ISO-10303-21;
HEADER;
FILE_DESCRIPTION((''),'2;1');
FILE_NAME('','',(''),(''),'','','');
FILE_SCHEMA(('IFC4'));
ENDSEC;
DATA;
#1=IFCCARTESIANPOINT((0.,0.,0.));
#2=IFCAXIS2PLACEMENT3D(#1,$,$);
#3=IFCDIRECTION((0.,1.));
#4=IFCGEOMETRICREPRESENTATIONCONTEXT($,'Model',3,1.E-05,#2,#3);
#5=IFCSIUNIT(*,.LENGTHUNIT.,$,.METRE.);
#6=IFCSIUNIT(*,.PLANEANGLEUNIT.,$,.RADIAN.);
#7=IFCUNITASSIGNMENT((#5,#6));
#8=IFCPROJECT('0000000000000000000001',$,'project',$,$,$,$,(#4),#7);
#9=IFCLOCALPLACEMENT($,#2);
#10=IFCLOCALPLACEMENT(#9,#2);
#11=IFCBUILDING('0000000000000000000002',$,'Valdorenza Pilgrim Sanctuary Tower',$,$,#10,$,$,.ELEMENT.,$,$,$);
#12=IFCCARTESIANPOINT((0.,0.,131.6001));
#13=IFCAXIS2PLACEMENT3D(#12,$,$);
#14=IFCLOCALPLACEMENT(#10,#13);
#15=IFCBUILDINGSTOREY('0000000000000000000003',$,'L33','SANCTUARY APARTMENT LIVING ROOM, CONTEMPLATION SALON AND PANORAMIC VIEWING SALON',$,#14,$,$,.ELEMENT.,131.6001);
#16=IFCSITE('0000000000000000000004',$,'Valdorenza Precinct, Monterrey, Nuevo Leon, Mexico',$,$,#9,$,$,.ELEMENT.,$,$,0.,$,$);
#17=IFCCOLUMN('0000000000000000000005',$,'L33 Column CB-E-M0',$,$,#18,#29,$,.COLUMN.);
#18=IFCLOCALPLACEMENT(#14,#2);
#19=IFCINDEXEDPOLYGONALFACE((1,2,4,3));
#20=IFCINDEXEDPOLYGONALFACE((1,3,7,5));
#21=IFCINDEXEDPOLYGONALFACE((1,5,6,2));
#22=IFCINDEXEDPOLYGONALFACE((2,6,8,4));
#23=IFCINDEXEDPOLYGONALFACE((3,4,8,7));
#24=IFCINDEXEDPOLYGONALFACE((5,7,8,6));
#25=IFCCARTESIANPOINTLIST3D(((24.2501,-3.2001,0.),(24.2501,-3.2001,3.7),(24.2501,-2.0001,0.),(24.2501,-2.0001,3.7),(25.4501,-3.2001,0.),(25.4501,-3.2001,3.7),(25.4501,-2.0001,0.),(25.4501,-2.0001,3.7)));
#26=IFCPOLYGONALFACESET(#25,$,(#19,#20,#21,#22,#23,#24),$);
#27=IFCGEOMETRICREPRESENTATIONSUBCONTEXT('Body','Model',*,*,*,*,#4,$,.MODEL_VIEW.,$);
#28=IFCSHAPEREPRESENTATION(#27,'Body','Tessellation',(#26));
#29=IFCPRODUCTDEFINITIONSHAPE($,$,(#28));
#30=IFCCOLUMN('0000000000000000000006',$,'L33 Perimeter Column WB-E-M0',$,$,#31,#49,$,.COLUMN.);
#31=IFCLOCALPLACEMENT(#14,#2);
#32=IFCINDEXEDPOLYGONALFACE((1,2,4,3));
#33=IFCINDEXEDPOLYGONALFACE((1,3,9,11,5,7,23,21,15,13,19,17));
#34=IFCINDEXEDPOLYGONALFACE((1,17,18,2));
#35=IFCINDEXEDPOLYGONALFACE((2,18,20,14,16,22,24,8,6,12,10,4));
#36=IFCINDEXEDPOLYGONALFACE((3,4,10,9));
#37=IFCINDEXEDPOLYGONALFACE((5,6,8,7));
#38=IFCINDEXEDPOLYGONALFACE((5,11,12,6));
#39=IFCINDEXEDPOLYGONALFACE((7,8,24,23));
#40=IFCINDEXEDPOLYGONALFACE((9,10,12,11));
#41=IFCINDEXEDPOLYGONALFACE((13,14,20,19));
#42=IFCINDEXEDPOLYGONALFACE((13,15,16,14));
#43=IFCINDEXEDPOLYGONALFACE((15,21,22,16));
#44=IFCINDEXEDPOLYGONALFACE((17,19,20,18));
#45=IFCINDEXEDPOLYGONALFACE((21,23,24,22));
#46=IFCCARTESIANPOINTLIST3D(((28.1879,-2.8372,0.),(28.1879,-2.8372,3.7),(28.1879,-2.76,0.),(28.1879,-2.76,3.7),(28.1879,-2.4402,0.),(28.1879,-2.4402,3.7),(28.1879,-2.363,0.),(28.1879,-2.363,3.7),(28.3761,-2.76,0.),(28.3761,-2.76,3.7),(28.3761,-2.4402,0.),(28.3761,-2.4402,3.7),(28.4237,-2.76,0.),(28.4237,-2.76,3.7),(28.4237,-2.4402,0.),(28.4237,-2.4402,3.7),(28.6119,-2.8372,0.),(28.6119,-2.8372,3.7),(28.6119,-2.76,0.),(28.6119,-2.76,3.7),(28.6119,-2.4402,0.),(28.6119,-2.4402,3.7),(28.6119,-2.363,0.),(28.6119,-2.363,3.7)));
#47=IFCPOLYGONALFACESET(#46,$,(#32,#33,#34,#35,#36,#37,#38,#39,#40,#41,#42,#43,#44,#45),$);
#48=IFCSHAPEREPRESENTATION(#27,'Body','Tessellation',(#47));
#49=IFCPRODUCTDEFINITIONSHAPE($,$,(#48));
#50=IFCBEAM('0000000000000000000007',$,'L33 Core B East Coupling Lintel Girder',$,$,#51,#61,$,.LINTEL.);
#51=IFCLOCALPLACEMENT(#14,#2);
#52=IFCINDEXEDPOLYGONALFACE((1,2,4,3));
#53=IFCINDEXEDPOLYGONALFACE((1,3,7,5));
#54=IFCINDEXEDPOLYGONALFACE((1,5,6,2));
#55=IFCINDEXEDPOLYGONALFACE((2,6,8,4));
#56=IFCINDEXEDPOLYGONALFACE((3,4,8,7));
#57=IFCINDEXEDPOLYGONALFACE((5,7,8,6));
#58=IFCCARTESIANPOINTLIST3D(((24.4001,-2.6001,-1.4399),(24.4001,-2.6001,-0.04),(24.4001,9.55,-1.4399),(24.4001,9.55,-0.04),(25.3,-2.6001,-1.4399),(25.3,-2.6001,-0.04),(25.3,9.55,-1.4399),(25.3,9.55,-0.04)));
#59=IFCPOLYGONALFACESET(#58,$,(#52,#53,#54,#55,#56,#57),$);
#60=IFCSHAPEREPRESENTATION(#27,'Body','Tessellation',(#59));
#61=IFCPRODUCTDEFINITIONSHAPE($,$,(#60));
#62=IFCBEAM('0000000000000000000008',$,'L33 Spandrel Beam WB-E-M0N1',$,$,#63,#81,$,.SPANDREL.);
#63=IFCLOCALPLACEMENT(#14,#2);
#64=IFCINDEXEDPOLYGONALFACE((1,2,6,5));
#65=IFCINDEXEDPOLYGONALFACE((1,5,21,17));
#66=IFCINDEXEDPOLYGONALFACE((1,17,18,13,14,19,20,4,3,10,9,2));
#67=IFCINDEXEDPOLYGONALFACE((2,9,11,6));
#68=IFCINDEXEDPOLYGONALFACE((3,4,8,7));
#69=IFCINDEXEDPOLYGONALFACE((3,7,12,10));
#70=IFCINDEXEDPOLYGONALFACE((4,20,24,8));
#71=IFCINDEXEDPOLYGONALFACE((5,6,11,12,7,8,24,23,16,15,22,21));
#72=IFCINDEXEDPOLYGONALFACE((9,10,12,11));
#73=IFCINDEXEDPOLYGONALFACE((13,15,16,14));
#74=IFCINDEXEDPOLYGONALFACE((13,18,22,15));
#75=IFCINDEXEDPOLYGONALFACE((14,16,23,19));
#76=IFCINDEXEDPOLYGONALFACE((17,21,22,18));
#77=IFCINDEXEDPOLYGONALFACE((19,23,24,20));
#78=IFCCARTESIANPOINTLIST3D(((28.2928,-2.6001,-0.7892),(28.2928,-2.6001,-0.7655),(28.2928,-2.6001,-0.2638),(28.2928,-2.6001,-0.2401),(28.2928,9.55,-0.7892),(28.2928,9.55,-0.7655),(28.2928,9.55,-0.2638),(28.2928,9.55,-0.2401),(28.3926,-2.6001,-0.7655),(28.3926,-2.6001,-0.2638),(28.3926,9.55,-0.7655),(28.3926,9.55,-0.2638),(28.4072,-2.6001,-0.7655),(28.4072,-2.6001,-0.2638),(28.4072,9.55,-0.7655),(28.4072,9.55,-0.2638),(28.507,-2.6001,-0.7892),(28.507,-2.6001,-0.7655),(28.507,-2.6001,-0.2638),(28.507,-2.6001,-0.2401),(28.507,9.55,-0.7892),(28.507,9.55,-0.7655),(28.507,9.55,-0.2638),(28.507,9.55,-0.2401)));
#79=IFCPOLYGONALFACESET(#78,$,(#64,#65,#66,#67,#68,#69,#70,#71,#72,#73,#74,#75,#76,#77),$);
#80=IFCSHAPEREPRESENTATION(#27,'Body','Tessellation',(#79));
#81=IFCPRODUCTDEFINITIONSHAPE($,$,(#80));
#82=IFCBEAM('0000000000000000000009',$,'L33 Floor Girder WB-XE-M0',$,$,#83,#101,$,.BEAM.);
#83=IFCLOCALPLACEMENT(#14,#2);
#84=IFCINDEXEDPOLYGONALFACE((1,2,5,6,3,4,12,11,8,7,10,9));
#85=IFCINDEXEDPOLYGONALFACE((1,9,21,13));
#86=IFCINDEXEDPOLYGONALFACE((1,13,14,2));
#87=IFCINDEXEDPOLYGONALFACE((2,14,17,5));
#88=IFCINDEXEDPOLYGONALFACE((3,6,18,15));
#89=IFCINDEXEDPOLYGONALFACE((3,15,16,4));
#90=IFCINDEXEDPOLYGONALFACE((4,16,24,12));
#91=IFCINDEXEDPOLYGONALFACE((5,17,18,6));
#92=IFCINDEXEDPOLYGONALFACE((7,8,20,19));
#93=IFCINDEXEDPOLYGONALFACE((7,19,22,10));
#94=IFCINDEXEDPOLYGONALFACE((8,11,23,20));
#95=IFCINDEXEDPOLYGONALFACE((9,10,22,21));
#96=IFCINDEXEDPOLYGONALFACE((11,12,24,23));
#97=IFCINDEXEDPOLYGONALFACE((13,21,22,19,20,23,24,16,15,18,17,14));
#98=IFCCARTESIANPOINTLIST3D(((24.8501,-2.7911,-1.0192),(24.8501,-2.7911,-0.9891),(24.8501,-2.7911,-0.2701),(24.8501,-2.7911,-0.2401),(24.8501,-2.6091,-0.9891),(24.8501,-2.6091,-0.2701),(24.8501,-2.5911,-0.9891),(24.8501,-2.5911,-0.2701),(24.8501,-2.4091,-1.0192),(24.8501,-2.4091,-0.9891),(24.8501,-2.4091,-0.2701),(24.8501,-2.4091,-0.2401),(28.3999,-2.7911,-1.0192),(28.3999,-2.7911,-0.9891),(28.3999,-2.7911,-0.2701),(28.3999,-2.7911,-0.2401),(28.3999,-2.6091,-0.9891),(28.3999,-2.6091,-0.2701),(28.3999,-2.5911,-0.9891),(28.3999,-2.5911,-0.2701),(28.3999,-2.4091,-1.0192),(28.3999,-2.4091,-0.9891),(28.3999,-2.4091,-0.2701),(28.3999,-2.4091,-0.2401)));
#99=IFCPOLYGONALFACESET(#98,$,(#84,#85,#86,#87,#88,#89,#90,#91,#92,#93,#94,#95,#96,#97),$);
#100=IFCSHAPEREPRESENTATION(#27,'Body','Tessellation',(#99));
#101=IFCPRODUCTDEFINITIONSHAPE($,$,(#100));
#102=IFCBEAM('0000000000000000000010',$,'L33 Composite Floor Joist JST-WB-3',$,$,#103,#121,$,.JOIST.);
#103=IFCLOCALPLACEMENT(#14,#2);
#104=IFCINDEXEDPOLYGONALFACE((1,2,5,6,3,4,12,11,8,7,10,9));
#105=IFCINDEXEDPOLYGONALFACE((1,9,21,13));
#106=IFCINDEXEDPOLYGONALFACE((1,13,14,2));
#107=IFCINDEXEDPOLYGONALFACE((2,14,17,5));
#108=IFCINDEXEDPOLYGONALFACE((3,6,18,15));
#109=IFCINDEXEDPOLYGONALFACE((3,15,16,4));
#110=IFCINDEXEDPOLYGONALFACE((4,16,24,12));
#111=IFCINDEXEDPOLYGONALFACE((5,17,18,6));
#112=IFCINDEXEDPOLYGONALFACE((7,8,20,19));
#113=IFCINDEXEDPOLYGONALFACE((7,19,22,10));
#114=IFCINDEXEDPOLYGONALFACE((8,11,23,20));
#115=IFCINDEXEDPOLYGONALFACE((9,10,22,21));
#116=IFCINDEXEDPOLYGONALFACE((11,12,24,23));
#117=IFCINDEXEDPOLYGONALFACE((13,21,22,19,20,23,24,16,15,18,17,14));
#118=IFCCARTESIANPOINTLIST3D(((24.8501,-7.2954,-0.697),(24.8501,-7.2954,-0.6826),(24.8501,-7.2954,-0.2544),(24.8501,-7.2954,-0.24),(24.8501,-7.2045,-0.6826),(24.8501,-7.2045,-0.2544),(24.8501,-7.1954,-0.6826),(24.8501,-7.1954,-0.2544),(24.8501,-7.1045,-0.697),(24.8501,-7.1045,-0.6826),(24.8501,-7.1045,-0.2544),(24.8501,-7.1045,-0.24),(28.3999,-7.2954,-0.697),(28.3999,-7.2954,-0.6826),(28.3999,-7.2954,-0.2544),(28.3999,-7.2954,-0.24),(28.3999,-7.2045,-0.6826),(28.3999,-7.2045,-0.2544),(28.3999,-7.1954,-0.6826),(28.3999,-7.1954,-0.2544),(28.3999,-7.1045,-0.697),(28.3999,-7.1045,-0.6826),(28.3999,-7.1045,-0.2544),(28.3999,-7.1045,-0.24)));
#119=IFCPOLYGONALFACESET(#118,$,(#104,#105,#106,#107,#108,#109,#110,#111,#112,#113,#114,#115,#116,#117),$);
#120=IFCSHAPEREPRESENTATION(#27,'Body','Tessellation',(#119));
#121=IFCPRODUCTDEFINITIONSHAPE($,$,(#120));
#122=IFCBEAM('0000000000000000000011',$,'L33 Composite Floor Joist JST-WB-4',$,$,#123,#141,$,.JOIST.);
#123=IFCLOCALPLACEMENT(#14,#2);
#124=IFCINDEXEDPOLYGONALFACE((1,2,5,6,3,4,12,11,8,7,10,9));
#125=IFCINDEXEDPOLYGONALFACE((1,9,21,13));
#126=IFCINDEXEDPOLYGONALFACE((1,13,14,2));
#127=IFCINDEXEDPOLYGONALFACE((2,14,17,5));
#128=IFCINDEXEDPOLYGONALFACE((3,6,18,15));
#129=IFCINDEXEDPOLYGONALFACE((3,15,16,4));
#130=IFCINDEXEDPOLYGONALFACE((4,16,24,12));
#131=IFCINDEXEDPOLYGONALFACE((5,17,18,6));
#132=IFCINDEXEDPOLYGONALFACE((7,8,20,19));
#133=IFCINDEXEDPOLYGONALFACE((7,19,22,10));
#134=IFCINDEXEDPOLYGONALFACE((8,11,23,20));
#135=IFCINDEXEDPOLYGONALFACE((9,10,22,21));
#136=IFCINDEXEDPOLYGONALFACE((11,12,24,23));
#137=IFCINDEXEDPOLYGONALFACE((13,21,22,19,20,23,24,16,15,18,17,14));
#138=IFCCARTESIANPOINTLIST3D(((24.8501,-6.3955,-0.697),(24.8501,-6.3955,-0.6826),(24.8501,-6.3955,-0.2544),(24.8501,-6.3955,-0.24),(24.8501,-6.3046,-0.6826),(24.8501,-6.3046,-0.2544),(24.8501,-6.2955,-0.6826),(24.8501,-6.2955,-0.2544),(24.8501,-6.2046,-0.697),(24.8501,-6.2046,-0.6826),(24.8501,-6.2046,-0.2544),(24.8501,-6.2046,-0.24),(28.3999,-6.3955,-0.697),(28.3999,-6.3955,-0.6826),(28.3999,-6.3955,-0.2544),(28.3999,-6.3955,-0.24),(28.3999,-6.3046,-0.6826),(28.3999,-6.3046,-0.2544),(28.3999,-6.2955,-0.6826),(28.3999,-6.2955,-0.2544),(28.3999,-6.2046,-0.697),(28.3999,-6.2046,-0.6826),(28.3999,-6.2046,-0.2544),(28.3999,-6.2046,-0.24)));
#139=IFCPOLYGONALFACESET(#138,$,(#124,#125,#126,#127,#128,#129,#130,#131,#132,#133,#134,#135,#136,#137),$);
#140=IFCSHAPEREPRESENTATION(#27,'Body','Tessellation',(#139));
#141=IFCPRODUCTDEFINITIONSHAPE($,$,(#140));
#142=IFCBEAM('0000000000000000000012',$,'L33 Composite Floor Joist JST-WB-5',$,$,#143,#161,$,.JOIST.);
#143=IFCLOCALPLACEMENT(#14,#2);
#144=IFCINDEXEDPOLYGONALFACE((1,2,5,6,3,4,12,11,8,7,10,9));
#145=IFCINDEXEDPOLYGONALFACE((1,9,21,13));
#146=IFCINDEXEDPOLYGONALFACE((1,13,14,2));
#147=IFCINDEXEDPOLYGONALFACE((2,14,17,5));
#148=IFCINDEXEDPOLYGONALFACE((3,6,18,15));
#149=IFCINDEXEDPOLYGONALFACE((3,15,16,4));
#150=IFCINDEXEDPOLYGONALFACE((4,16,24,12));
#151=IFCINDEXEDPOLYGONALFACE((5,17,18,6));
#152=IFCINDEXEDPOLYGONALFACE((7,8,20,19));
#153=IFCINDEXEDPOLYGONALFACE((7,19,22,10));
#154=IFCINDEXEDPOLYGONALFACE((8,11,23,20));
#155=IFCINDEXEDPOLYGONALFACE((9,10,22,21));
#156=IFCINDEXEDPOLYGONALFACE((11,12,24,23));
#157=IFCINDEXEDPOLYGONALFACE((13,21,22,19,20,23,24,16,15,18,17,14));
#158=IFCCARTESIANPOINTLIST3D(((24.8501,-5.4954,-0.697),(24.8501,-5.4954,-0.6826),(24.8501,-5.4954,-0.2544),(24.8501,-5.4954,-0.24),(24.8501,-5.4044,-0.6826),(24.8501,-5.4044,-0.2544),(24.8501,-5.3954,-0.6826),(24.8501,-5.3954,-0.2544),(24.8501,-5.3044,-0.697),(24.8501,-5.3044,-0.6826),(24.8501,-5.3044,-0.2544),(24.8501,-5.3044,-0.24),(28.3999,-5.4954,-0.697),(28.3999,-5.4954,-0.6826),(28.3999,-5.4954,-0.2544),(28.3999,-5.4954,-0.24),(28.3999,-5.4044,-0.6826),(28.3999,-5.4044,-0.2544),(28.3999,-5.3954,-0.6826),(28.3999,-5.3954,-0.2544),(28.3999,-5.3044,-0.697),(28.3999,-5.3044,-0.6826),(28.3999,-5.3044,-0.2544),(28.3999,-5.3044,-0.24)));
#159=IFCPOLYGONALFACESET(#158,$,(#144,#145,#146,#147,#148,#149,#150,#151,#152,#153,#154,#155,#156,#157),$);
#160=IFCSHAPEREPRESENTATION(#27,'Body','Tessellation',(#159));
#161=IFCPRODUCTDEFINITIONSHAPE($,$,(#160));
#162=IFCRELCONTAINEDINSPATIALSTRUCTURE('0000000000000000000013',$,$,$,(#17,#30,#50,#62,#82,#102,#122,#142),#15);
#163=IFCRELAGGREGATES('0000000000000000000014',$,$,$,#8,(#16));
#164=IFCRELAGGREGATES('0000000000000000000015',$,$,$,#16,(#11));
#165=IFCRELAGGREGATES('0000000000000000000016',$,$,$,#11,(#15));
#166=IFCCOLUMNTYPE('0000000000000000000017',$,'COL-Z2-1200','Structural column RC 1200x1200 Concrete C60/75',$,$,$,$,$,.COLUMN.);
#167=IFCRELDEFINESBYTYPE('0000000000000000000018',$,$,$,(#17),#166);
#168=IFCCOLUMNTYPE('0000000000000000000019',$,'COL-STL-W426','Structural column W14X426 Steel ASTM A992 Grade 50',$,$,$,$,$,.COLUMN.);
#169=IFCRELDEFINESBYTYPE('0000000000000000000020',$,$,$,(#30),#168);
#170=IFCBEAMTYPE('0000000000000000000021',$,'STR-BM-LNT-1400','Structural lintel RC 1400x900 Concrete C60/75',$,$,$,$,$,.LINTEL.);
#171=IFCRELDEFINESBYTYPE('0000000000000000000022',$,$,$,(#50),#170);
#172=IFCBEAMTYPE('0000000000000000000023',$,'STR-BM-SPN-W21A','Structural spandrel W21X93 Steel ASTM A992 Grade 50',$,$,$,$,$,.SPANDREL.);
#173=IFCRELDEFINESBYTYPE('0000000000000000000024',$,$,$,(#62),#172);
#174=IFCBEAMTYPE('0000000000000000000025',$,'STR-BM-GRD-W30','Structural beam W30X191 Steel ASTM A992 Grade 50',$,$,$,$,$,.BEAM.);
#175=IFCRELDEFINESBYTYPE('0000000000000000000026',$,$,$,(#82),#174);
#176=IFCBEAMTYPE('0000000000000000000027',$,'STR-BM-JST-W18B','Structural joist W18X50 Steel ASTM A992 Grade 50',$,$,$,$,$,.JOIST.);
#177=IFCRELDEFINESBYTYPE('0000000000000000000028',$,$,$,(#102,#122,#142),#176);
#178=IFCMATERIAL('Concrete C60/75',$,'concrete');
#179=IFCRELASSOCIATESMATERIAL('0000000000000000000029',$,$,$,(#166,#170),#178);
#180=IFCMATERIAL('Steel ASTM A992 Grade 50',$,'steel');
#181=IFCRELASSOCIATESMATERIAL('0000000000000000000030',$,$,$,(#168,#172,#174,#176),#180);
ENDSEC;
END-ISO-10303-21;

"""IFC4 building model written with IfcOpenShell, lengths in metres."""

from ifc_helpers import new_model, si_unit, direction, frame, origin, origin_2d, place, context, subcontext, project, spatial, rectangle, i_section, extrude, source, transform, mapped, material, material_profile, profile_set, type_object, element, save


model = new_model("IFC4")

# Units and contexts
model_context = context("Model", 3, precision=1e-05, world=origin(), true_north=direction((0.0, 1.0)))
body_context = subcontext(model_context, "Body", "Model", "MODEL_VIEW")
ifc_project = project(units=[si_unit("LENGTHUNIT", "METRE"), si_unit("PLANEANGLEUNIT", "RADIAN")], contexts=[model_context])

# Site, building, storey
site_placement = place(None, origin())
site = spatial("IfcSite", under=ifc_project, at=site_placement, Name="Valdorenza Precinct, Monterrey, Nuevo Leon, Mexico", CompositionType="ELEMENT", RefElevation=0.0)
building_placement = place(site_placement, origin())
building = spatial("IfcBuilding", under=site, at=building_placement, Name="Valdorenza Pilgrim Sanctuary Tower", CompositionType="ELEMENT")
storey_placement = place(building_placement, frame((0.0, 0.0, 131.6001)))
storey = spatial("IfcBuildingStorey", under=building, at=storey_placement, Name="L33", Description="SANCTUARY APARTMENT LIVING ROOM, CONTEMPLATION SALON AND PANORAMIC VIEWING SALON", CompositionType="ELEMENT", Elevation=131.6001)

# Columns
ifc_material_1 = material(Name="Concrete C60/75", Category="concrete")
ifc_material_profile_1 = material_profile(ifc_material_1, rectangle(XDim=1.2, YDim=1.2, at=origin_2d()), Name="RC 1200x1200")
ifc_profile_set_1 = profile_set([ifc_material_profile_1], Name="Concrete C60/75")
column_type_1 = type_object("IfcColumnType", Name="COL-Z2-1200", Description="Structural column RC 1200x1200 Concrete C60/75", PredefinedType="COLUMN", material=ifc_profile_set_1)
shared_shape_1 = source(origin(), body_context, "Body", "SweptSolid", [
    extrude(rectangle(XDim=1.2, YDim=1.2, at=origin_2d()), origin(), (0.0, 0.0, 1.0), 3.7),
])
column_1_placement = place(storey_placement, frame((24.8501, -2.6001, 0.0), z_axis=(0.0, 0.0, 1.0), x_axis=(1.0, 0.0, 0.0)))
element("IfcColumn", 1, at=column_1_placement, inside=storey, type_object=column_type_1, Name="L33 Column CB-E-M0", PredefinedType="COLUMN", context=body_context, shape_type="MappedRepresentation", body=[
    mapped(shared_shape_1, transform((0.0, 0.0, 0.0), x_axis=(1.0, 0.0, 0.0), y_axis=(0.0, 1.0, 0.0), z_axis=(0.0, 0.0, 1.0), scale=1.0)),
])
ifc_material_2 = material(Name="Steel ASTM A992 Grade 50", Category="steel")
ifc_material_profile_2 = material_profile(ifc_material_2, i_section(OverallWidth=0.4241, OverallDepth=0.4741, WebThickness=0.0476, FlangeThickness=0.0771, at=origin_2d()), Name="W14X426")
ifc_profile_set_2 = profile_set([ifc_material_profile_2], Name="Steel ASTM A992 Grade 50")
column_type_2 = type_object("IfcColumnType", Name="COL-STL-W426", Description="Structural column W14X426 Steel ASTM A992 Grade 50", PredefinedType="COLUMN", material=ifc_profile_set_2)
shared_shape_2 = source(origin(), body_context, "Body", "SweptSolid", [
    extrude(i_section(OverallWidth=0.4241, OverallDepth=0.4741, WebThickness=0.0476, FlangeThickness=0.0771, at=origin_2d()), origin(), (0.0, 0.0, 1.0), 3.7),
])
column_2_placement = place(storey_placement, frame((28.3999, -2.6001, 0.0), z_axis=(0.0, 0.0, 1.0), x_axis=(1.0, 0.0, 0.0)))
element("IfcColumn", 2, at=column_2_placement, inside=storey, type_object=column_type_2, Name="L33 Perimeter Column WB-E-M0", PredefinedType="COLUMN", context=body_context, shape_type="MappedRepresentation", body=[
    mapped(shared_shape_2, transform((0.0, 0.0, 0.0), x_axis=(1.0, 0.0, 0.0), y_axis=(0.0, 1.0, 0.0), z_axis=(0.0, 0.0, 1.0), scale=1.0)),
])

# Beams
ifc_material_profile_3 = material_profile(ifc_material_1, rectangle(XDim=0.8999, YDim=1.3999, at=origin_2d()), Name="RC 1400x900")
ifc_profile_set_3 = profile_set([ifc_material_profile_3], Name="Concrete C60/75")
beam_type_1 = type_object("IfcBeamType", Name="STR-BM-LNT-1400", Description="Structural lintel RC 1400x900 Concrete C60/75", PredefinedType="LINTEL", material=ifc_profile_set_3)
shared_shape_3 = source(origin(), body_context, "Body", "SweptSolid", [
    extrude(rectangle(XDim=0.8999, YDim=1.3999, at=origin_2d()), origin(), (0.0, 0.0, 1.0), 12.1501),
])
beam_1_placement = place(storey_placement, frame((24.8501, -2.6001, -0.74), z_axis=(0.0, 1.0, 0.0), x_axis=(-1.0, 0.0, 0.0)))
element("IfcBeam", 3, at=beam_1_placement, inside=storey, type_object=beam_type_1, Name="L33 Core B East Coupling Lintel Girder", PredefinedType="LINTEL", context=body_context, shape_type="MappedRepresentation", body=[
    mapped(shared_shape_3, transform((0.0, 0.0, 0.0), x_axis=(1.0, 0.0, 0.0), y_axis=(0.0, 1.0, 0.0), z_axis=(0.0, 0.0, 1.0), scale=1.0)),
])
ifc_material_profile_4 = material_profile(ifc_material_2, i_section(OverallWidth=0.2141, OverallDepth=0.5491, WebThickness=0.0146, FlangeThickness=0.0237, at=origin_2d()), Name="W21X93")
ifc_profile_set_4 = profile_set([ifc_material_profile_4], Name="Steel ASTM A992 Grade 50")
beam_type_2 = type_object("IfcBeamType", Name="STR-BM-SPN-W21A", Description="Structural spandrel W21X93 Steel ASTM A992 Grade 50", PredefinedType="SPANDREL", material=ifc_profile_set_4)
shared_shape_4 = source(origin(), body_context, "Body", "SweptSolid", [
    extrude(i_section(OverallWidth=0.2141, OverallDepth=0.5491, WebThickness=0.0146, FlangeThickness=0.0237, at=origin_2d()), origin(), (0.0, 0.0, 1.0), 12.1501),
])
beam_2_placement = place(storey_placement, frame((28.3999, -2.6001, -0.5146), z_axis=(0.0, 1.0, 0.0), x_axis=(-1.0, 0.0, 0.0)))
element("IfcBeam", 4, at=beam_2_placement, inside=storey, type_object=beam_type_2, Name="L33 Spandrel Beam WB-E-M0N1", PredefinedType="SPANDREL", context=body_context, shape_type="MappedRepresentation", body=[
    mapped(shared_shape_4, transform((0.0, 0.0, 0.0), x_axis=(1.0, 0.0, 0.0), y_axis=(0.0, 1.0, 0.0), z_axis=(0.0, 0.0, 1.0), scale=1.0)),
])
ifc_material_profile_5 = material_profile(ifc_material_2, i_section(OverallWidth=0.3821, OverallDepth=0.7791, WebThickness=0.0181, FlangeThickness=0.03, at=origin_2d()), Name="W30X191")
ifc_profile_set_5 = profile_set([ifc_material_profile_5], Name="Steel ASTM A992 Grade 50")
beam_type_3 = type_object("IfcBeamType", Name="STR-BM-GRD-W30", Description="Structural beam W30X191 Steel ASTM A992 Grade 50", PredefinedType="BEAM", material=ifc_profile_set_5)
shared_shape_5 = source(origin(), body_context, "Body", "SweptSolid", [
    extrude(i_section(OverallWidth=0.3821, OverallDepth=0.7791, WebThickness=0.0181, FlangeThickness=0.03, at=origin_2d()), origin(), (0.0, 0.0, 1.0), 3.5498),
])
beam_3_placement = place(storey_placement, frame((24.8501, -2.6001, -0.6296), z_axis=(1.0, 0.0, 0.0), x_axis=(0.0, 1.0, 0.0)))
element("IfcBeam", 5, at=beam_3_placement, inside=storey, type_object=beam_type_3, Name="L33 Floor Girder WB-XE-M0", PredefinedType="BEAM", context=body_context, shape_type="MappedRepresentation", body=[
    mapped(shared_shape_5, transform((0.0, 0.0, 0.0), x_axis=(1.0, 0.0, 0.0), y_axis=(0.0, 1.0, 0.0), z_axis=(0.0, 0.0, 1.0), scale=1.0)),
])
ifc_material_profile_6 = material_profile(ifc_material_2, i_section(OverallWidth=0.1909, OverallDepth=0.457, WebThickness=0.009, FlangeThickness=0.0144, at=origin_2d()), Name="W18X50")
ifc_profile_set_6 = profile_set([ifc_material_profile_6], Name="Steel ASTM A992 Grade 50")
beam_type_4 = type_object("IfcBeamType", Name="STR-BM-JST-W18B", Description="Structural joist W18X50 Steel ASTM A992 Grade 50", PredefinedType="JOIST", material=ifc_profile_set_6)
shared_shape_6 = source(origin(), body_context, "Body", "SweptSolid", [
    extrude(i_section(OverallWidth=0.1909, OverallDepth=0.457, WebThickness=0.009, FlangeThickness=0.0144, at=origin_2d()), origin(), (0.0, 0.0, 1.0), 3.5498),
])
for number, where, z_axis, x_axis, name in (
    (6, (24.8501, -7.2, -0.4685), (1.0, 0.0, 0.0), (0.0, 1.0, 0.0), "L33 Composite Floor Joist JST-WB-3"),
    (7, (24.8501, -6.3, -0.4685), (1.0, 0.0, 0.0), (0.0, 1.0, 0.0), "L33 Composite Floor Joist JST-WB-4"),
    (8, (24.8501, -5.3999, -0.4685), (1.0, 0.0, 0.0), (0.0, 1.0, 0.0), "L33 Composite Floor Joist JST-WB-5"),
):
    element("IfcBeam", number, at=place(storey_placement, frame(where, z_axis=z_axis, x_axis=x_axis)), inside=storey, type_object=beam_type_4, Name=name, PredefinedType="JOIST", context=body_context, shape_type="MappedRepresentation", body=[
        mapped(shared_shape_6, transform((0.0, 0.0, 0.0), x_axis=(1.0, 0.0, 0.0), y_axis=(0.0, 1.0, 0.0), z_axis=(0.0, 0.0, 1.0), scale=1.0)),
    ])

save(model, "model.ifc")
